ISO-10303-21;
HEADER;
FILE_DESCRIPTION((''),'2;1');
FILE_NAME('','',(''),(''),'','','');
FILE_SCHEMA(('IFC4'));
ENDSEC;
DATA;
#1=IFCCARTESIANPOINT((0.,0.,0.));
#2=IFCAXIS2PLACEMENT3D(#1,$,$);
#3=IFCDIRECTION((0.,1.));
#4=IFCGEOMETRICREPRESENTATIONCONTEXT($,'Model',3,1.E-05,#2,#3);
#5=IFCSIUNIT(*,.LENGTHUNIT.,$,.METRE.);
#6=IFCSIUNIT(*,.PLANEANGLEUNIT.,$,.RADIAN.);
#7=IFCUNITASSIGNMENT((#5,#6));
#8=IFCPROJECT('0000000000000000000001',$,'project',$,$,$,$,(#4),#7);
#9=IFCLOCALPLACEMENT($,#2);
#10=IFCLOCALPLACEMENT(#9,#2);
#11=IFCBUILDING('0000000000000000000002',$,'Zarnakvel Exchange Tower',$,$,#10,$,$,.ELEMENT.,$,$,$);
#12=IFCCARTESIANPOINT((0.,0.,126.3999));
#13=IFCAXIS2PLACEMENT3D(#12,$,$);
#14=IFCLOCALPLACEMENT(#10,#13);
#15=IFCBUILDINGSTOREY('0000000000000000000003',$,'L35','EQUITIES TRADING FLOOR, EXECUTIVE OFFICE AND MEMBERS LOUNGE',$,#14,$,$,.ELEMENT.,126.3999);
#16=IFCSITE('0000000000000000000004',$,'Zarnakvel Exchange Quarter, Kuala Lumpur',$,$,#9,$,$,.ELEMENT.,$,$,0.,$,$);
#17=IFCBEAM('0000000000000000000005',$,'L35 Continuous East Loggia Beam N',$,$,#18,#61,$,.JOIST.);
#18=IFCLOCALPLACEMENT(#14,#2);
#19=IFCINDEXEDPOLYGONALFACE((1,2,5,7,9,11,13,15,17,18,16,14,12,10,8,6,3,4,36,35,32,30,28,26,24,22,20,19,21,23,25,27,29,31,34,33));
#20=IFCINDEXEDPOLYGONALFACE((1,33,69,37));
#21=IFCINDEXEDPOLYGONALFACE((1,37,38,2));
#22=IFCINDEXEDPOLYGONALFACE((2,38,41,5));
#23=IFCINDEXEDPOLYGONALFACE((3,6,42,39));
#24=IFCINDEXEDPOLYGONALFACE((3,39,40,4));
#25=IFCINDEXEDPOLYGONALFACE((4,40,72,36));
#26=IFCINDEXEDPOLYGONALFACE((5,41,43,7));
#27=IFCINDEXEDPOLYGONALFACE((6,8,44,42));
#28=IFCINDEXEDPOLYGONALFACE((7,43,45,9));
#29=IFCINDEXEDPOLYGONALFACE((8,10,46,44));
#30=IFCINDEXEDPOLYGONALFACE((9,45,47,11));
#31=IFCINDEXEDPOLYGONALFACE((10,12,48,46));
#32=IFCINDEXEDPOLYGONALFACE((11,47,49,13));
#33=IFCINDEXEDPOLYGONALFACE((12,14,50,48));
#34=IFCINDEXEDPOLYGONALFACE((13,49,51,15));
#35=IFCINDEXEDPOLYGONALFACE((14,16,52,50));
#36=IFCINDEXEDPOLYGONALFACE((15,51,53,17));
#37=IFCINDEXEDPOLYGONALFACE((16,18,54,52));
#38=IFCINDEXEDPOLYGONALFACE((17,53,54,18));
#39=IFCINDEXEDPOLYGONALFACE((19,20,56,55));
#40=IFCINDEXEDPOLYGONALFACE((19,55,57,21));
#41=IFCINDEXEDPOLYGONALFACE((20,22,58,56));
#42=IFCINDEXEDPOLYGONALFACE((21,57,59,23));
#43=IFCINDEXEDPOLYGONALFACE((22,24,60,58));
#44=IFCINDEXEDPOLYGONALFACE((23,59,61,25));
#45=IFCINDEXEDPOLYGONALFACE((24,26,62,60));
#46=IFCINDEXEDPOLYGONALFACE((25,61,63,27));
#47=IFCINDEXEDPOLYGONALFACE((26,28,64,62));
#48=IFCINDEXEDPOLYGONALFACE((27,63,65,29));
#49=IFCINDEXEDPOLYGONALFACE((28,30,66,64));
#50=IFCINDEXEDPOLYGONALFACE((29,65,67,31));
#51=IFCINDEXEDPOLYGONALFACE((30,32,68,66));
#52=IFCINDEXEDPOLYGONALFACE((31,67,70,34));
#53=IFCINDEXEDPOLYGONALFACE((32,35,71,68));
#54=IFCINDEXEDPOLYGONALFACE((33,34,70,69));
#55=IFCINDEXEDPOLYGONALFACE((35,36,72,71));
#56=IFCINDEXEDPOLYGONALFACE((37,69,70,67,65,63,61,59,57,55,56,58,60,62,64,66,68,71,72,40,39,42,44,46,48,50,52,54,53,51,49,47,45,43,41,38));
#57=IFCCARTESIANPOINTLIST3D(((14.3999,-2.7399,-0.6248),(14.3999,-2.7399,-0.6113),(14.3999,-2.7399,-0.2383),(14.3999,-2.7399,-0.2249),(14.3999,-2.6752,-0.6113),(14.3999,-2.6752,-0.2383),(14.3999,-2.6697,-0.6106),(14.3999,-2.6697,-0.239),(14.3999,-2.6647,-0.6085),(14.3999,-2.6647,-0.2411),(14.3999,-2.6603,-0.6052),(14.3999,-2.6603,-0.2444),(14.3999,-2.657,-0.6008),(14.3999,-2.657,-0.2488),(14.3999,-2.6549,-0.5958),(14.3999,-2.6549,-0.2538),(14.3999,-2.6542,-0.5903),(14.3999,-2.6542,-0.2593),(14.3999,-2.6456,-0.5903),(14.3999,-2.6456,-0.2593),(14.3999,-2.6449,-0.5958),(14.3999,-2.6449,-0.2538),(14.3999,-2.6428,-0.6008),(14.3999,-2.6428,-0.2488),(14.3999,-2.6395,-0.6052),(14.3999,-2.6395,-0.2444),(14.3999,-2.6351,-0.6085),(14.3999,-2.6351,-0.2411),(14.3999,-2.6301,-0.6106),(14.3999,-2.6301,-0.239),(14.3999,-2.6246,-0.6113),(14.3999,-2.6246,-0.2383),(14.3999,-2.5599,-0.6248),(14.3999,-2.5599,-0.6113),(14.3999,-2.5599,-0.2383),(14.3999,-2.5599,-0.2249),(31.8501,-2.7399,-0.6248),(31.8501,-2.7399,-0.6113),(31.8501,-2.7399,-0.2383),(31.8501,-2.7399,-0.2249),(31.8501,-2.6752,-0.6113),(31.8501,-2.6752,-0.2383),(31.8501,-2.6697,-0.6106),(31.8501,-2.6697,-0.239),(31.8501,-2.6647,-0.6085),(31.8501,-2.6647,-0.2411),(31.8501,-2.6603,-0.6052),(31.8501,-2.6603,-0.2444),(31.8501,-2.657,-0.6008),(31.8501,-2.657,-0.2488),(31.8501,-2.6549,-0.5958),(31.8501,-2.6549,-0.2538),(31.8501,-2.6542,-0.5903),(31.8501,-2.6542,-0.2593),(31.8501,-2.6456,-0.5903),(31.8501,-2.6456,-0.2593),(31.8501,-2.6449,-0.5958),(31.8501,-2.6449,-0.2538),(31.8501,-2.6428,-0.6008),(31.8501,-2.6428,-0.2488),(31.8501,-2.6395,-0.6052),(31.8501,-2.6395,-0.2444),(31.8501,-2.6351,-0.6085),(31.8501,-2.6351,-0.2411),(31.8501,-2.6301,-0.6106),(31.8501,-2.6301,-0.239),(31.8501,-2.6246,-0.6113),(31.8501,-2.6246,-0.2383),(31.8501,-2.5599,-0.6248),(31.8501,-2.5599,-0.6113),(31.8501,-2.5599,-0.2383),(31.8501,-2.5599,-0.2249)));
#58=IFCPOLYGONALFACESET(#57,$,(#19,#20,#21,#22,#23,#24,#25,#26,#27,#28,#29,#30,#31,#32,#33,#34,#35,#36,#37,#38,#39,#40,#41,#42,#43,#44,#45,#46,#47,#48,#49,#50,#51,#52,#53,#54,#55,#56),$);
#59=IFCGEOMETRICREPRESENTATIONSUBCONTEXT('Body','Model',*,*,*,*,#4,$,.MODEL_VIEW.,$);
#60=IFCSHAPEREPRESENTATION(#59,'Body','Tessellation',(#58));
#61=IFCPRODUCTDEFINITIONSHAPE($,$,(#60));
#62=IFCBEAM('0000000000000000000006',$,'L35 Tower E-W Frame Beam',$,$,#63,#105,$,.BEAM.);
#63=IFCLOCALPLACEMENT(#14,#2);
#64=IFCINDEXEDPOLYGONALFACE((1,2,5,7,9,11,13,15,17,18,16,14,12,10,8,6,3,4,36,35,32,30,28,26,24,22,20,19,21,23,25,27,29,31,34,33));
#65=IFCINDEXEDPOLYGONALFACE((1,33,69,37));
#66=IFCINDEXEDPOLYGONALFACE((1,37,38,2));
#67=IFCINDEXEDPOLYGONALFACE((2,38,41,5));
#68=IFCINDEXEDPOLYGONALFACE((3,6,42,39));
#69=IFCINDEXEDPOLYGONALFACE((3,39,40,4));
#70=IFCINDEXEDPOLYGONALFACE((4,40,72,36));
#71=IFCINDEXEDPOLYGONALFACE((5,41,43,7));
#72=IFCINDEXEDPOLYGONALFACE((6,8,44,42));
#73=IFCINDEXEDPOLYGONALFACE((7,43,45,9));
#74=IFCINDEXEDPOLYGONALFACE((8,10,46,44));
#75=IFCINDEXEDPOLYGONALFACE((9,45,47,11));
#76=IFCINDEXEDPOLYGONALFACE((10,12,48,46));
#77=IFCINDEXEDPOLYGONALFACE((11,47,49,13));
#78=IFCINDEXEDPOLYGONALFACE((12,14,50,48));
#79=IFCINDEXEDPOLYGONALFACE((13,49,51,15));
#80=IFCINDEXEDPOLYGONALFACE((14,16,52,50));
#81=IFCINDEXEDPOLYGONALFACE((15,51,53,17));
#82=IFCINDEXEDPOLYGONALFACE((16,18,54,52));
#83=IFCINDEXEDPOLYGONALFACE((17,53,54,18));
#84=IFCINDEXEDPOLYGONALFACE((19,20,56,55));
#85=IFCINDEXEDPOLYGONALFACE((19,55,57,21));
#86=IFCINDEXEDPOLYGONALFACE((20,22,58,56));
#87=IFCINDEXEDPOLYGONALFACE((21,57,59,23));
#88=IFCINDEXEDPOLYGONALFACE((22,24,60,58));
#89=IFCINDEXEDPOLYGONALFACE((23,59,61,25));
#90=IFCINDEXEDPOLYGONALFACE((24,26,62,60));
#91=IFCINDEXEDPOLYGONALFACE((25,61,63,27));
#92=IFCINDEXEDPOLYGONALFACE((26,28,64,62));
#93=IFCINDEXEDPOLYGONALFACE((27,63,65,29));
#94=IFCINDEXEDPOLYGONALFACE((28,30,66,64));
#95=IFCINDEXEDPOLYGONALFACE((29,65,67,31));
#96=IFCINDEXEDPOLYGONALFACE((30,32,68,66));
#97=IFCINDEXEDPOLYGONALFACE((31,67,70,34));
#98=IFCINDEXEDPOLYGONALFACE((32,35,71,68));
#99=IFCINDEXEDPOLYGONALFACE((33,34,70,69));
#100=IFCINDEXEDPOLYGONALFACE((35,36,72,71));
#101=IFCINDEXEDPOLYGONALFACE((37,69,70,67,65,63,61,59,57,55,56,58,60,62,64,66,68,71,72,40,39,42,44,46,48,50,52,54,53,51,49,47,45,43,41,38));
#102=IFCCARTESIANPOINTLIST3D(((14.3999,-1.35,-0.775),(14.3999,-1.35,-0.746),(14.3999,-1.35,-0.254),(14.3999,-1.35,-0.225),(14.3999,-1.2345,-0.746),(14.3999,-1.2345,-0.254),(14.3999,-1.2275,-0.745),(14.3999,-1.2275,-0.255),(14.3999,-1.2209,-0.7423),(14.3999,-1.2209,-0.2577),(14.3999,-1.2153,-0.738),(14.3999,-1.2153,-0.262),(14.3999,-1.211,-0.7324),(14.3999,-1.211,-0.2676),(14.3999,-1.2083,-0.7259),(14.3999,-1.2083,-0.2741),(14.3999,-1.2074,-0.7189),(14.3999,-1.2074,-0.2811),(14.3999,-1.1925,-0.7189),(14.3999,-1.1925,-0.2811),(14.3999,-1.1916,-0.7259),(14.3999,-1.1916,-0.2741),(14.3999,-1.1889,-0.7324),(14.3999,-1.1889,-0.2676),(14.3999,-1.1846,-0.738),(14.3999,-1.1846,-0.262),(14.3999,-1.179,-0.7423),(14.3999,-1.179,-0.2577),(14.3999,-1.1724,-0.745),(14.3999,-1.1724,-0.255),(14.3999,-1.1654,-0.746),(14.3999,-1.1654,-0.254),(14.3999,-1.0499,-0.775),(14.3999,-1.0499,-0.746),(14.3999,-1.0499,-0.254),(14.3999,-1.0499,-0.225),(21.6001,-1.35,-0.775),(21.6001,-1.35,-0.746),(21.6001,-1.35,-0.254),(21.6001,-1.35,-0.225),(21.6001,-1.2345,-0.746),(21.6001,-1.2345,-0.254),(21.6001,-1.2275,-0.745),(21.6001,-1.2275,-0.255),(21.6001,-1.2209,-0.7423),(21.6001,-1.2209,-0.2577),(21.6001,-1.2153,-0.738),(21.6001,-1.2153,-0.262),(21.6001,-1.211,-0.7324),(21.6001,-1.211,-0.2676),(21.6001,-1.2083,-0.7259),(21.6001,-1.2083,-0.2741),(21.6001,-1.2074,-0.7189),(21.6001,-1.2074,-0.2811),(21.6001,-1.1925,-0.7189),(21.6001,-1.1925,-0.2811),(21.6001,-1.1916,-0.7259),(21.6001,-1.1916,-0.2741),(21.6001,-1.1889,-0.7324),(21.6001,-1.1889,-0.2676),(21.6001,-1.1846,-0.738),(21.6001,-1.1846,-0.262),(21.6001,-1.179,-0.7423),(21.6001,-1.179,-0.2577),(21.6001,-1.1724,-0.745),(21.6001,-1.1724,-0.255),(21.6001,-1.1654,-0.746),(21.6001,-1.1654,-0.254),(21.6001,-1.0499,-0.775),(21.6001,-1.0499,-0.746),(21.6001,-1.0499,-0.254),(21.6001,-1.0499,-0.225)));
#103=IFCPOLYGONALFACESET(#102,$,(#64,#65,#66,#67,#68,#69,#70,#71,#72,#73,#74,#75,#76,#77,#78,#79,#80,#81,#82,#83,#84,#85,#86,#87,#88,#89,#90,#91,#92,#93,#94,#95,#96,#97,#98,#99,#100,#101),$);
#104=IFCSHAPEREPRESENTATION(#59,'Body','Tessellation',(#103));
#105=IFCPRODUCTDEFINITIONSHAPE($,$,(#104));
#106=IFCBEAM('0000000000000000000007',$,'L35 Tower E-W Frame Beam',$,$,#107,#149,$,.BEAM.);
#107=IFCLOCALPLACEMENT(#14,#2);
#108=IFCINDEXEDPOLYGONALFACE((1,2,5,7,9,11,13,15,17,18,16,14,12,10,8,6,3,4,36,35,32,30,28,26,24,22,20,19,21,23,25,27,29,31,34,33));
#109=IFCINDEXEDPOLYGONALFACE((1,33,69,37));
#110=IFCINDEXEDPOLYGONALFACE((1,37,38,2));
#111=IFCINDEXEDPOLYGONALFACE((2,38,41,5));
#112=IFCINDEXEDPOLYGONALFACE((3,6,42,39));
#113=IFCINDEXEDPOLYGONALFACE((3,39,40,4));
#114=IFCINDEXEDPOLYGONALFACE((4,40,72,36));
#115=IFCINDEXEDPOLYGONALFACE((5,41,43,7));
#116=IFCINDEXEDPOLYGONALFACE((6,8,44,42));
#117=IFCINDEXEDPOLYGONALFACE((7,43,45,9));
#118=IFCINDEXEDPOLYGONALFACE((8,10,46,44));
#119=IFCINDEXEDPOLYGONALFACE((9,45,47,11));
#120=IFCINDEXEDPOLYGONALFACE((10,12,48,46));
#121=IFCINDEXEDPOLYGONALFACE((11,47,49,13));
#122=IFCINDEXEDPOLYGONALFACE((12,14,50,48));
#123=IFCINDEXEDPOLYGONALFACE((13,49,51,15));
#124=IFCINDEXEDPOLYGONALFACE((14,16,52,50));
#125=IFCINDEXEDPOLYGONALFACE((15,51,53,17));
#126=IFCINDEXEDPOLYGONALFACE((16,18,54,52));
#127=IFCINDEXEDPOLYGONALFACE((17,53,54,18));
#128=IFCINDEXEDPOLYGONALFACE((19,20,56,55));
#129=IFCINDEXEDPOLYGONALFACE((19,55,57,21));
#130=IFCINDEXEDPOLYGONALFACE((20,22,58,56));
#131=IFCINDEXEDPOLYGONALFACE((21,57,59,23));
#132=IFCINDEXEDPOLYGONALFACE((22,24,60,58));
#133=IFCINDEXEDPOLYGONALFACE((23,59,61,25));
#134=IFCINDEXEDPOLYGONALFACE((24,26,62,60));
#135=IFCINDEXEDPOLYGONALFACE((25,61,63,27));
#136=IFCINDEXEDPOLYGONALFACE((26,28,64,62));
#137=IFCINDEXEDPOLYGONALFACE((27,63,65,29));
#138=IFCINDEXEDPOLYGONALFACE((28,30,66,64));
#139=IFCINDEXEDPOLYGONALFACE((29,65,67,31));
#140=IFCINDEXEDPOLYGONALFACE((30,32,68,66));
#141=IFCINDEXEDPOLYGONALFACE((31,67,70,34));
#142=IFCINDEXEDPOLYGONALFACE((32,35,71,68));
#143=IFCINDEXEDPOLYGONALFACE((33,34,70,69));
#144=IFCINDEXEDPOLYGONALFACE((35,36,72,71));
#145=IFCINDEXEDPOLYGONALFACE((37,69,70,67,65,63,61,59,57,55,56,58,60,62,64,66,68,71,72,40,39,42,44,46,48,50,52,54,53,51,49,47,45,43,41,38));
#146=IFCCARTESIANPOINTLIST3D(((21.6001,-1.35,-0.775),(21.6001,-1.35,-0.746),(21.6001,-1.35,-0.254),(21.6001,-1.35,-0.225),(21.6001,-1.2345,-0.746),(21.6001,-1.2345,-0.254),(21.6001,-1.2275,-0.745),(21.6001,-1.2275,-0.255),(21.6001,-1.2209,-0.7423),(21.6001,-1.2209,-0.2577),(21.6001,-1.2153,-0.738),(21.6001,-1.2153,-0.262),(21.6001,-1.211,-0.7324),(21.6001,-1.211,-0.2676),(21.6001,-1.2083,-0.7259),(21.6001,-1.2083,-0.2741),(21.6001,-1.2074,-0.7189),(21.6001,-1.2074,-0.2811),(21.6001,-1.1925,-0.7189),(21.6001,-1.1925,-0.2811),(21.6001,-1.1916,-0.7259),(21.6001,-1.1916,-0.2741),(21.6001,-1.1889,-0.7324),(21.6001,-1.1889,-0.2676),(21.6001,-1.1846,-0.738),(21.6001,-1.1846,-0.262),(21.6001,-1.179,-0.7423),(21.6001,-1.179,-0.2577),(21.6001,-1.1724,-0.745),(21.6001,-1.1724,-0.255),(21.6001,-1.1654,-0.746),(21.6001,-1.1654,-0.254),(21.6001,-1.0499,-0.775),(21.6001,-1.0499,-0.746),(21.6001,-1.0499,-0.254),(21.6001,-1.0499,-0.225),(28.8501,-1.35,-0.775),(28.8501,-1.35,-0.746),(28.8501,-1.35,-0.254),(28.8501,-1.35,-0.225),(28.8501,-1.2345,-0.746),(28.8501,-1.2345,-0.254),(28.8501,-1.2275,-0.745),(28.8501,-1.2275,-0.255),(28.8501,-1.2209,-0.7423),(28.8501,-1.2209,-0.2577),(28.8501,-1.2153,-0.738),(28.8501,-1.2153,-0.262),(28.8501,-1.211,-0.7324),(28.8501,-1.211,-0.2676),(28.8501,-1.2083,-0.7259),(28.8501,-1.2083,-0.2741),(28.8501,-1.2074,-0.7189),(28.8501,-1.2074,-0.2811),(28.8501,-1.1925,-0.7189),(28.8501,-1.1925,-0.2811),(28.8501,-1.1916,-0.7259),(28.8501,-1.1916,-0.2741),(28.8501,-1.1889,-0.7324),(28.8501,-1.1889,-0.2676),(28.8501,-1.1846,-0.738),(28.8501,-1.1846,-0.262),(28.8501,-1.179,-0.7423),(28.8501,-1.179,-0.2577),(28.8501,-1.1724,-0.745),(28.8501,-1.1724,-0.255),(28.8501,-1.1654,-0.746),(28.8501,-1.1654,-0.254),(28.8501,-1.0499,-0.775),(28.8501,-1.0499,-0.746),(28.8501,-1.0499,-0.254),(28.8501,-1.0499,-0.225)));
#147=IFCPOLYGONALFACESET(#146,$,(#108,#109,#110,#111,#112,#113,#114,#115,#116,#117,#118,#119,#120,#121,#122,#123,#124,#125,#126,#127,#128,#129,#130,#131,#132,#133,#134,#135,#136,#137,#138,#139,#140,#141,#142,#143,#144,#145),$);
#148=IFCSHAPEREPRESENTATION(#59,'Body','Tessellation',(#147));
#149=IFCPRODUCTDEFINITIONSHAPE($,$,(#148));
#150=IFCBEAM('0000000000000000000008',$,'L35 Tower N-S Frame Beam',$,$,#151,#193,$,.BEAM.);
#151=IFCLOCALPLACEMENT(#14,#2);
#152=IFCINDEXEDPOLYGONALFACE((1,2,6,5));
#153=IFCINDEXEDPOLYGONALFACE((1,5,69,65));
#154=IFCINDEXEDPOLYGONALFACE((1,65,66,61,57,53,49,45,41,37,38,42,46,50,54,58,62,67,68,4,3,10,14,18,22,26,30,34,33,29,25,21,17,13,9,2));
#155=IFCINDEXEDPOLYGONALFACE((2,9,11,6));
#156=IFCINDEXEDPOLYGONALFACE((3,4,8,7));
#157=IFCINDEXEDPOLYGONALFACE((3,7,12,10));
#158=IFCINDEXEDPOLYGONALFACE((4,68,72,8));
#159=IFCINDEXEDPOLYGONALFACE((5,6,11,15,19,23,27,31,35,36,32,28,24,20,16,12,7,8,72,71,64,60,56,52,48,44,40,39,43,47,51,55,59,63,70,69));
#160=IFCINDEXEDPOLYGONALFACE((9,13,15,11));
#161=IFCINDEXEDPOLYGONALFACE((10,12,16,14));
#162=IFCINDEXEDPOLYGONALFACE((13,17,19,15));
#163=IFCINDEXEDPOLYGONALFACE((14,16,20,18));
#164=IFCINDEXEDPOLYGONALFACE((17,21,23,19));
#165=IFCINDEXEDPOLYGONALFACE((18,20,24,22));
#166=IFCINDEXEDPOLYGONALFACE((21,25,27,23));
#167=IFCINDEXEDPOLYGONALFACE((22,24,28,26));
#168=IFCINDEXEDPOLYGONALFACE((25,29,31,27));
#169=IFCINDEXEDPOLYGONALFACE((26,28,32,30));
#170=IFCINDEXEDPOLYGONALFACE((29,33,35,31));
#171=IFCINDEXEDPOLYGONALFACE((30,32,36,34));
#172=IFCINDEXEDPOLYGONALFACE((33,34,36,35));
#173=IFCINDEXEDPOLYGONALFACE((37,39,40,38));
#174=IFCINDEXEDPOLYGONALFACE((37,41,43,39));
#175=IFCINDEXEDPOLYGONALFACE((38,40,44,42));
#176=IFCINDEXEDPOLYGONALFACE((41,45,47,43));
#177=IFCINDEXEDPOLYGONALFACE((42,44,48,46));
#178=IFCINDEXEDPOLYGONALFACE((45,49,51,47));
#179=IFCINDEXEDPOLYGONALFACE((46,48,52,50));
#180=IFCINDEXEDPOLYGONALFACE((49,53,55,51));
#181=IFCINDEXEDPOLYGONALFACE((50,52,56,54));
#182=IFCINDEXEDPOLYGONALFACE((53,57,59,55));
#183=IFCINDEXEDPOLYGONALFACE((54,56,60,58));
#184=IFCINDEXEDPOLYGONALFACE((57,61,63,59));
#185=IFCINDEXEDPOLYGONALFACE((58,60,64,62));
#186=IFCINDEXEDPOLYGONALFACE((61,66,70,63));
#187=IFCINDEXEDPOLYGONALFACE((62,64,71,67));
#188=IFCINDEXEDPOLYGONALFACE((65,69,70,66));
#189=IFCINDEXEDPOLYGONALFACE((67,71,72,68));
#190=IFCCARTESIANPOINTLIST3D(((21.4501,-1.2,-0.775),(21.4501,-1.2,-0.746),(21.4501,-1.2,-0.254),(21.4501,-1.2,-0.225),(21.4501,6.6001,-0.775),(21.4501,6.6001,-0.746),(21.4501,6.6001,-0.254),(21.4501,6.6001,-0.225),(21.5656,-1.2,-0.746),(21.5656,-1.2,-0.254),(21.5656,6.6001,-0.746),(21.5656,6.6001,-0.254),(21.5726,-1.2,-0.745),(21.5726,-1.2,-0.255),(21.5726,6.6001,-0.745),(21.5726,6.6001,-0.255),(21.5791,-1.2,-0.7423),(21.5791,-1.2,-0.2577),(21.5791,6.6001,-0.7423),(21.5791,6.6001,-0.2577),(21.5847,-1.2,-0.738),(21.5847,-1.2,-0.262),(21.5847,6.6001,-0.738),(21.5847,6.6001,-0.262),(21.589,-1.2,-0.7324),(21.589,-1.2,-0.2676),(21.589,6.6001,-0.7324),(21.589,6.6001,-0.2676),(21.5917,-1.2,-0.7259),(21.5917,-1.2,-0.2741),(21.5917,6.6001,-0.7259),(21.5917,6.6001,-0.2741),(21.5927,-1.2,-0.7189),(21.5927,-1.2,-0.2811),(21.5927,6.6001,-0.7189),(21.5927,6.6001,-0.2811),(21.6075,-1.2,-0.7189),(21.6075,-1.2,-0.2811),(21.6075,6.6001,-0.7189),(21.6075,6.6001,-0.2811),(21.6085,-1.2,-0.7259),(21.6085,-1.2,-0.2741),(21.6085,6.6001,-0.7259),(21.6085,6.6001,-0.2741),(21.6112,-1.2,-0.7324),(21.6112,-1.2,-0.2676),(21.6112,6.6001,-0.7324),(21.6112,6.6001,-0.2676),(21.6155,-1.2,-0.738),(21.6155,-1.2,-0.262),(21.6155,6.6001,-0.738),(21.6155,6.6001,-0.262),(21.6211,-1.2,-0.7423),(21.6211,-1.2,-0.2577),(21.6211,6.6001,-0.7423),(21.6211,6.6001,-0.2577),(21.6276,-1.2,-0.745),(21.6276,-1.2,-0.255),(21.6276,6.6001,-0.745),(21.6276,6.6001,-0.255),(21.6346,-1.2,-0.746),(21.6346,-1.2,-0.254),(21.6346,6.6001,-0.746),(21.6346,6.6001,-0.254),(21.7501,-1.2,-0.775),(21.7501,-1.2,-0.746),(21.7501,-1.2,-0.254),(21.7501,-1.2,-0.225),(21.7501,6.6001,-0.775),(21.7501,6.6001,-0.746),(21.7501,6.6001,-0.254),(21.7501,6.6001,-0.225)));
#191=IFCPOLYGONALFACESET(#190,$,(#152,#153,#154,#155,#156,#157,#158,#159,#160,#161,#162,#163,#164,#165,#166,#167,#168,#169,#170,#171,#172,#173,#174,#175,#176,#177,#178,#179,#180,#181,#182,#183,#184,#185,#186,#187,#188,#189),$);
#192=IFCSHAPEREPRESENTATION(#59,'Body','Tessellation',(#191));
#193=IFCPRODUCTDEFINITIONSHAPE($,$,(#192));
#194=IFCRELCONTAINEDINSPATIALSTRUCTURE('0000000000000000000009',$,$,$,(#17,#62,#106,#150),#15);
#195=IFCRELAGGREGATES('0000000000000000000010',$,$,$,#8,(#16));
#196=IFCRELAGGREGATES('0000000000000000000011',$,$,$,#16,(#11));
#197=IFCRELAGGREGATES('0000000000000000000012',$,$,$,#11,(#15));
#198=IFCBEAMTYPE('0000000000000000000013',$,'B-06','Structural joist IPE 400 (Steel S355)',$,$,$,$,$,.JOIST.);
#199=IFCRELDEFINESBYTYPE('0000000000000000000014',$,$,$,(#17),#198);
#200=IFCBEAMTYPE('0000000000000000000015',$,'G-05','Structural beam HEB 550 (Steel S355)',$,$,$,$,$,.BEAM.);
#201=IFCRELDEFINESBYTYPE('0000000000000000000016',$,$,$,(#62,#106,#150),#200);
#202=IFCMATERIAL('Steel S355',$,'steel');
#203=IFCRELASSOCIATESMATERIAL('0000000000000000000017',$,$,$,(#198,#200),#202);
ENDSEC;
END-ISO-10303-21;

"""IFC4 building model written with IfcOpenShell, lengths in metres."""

from ifc_helpers import new_model, si_unit, direction, frame, origin, origin_2d, place, context, subcontext, project, spatial, i_section, extrude, material, material_profile, profile_set, type_object, element, save


model = new_model("IFC4")

# Units and contexts
model_context = context("Model", 3, precision=1e-05, world=origin(), true_north=direction((0.0, 1.0)))
body_context = subcontext(model_context, "Body", "Model", "MODEL_VIEW")
ifc_project = project(units=[si_unit("LENGTHUNIT", "METRE"), si_unit("PLANEANGLEUNIT", "RADIAN")], contexts=[model_context])

# Site, building, storey
site_placement = place(None, origin())
site = spatial("IfcSite", under=ifc_project, at=site_placement, Name="Zarnakvel Exchange Quarter, Kuala Lumpur", CompositionType="ELEMENT", RefElevation=0.0)
building_placement = place(site_placement, origin())
building = spatial("IfcBuilding", under=site, at=building_placement, Name="Zarnakvel Exchange Tower", CompositionType="ELEMENT")
storey_placement = place(building_placement, frame((0.0, 0.0, 126.3999)))
storey = spatial("IfcBuildingStorey", under=building, at=storey_placement, Name="L35", Description="EQUITIES TRADING FLOOR, EXECUTIVE OFFICE AND MEMBERS LOUNGE", CompositionType="ELEMENT", Elevation=126.3999)

# Shared definitions
ifc_material_1 = material(Name="Steel S355", Category="steel")

# Beams
ifc_material_profile_1 = material_profile(ifc_material_1, i_section(OverallWidth=0.1799, OverallDepth=0.3999, WebThickness=0.0085, FlangeThickness=0.0134, FilletRadius=0.021, at=origin_2d()))
ifc_profile_set_1 = profile_set([ifc_material_profile_1], Name="Steel S355")
beam_type_1 = type_object("IfcBeamType", Name="B-06", Description="Structural joist IPE 400 (Steel S355)", PredefinedType="JOIST", material=ifc_profile_set_1)
beam_1_placement = place(storey_placement, frame((14.3999, -2.6499, -0.4248), z_axis=(1.0, 0.0, 0.0), x_axis=(0.0, 1.0, 0.0)))
element("IfcBeam", 1, at=beam_1_placement, inside=storey, type_object=beam_type_1, Name="L35 Continuous East Loggia Beam N", PredefinedType="JOIST", context=body_context, shape_type="SweptSolid", body=[
    extrude(i_section(OverallWidth=0.1799, OverallDepth=0.3999, WebThickness=0.0085, FlangeThickness=0.0134, FilletRadius=0.021, at=origin_2d()), origin(), (0.0, 0.0, 1.0), 17.4502),
])
ifc_material_profile_2 = material_profile(ifc_material_1, i_section(OverallWidth=0.3, OverallDepth=0.55, WebThickness=0.0149, FlangeThickness=0.0291, FilletRadius=0.0271, at=origin_2d()))
ifc_profile_set_2 = profile_set([ifc_material_profile_2], Name="Steel S355")
beam_type_2 = type_object("IfcBeamType", Name="G-05", Description="Structural beam HEB 550 (Steel S355)", PredefinedType="BEAM", material=ifc_profile_set_2)
beam_2_placement = place(storey_placement, frame((14.3999, -1.2, -0.5), z_axis=(1.0, 0.0, 0.0), x_axis=(0.0, 1.0, 0.0)))
element("IfcBeam", 2, at=beam_2_placement, inside=storey, type_object=beam_type_2, Name="L35 Tower E-W Frame Beam", PredefinedType="BEAM", context=body_context, shape_type="SweptSolid", body=[
    extrude(i_section(OverallWidth=0.3, OverallDepth=0.55, WebThickness=0.0149, FlangeThickness=0.0291, FilletRadius=0.0271, at=origin_2d()), origin(), (0.0, 0.0, 1.0), 7.2002),
])
beam_3_placement = place(storey_placement, frame((21.6001, -1.2, -0.5), z_axis=(1.0, 0.0, 0.0), x_axis=(0.0, 1.0, 0.0)))
element("IfcBeam", 3, at=beam_3_placement, inside=storey, type_object=beam_type_2, Name="L35 Tower E-W Frame Beam", PredefinedType="BEAM", context=body_context, shape_type="SweptSolid", body=[
    extrude(i_section(OverallWidth=0.3, OverallDepth=0.55, WebThickness=0.0149, FlangeThickness=0.0291, FilletRadius=0.0271, at=origin_2d()), origin(), (0.0, 0.0, 1.0), 7.25),
])
beam_4_placement = place(storey_placement, frame((21.6001, -1.2, -0.5), z_axis=(0.0, 1.0, 0.0), x_axis=(-1.0, 0.0, 0.0)))
element("IfcBeam", 4, at=beam_4_placement, inside=storey, type_object=beam_type_2, Name="L35 Tower N-S Frame Beam", PredefinedType="BEAM", context=body_context, shape_type="SweptSolid", body=[
    extrude(i_section(OverallWidth=0.3, OverallDepth=0.55, WebThickness=0.0149, FlangeThickness=0.0291, FilletRadius=0.0271, at=origin_2d()), origin(), (0.0, 0.0, 1.0), 7.8),
])

save(model, "model.ifc")
